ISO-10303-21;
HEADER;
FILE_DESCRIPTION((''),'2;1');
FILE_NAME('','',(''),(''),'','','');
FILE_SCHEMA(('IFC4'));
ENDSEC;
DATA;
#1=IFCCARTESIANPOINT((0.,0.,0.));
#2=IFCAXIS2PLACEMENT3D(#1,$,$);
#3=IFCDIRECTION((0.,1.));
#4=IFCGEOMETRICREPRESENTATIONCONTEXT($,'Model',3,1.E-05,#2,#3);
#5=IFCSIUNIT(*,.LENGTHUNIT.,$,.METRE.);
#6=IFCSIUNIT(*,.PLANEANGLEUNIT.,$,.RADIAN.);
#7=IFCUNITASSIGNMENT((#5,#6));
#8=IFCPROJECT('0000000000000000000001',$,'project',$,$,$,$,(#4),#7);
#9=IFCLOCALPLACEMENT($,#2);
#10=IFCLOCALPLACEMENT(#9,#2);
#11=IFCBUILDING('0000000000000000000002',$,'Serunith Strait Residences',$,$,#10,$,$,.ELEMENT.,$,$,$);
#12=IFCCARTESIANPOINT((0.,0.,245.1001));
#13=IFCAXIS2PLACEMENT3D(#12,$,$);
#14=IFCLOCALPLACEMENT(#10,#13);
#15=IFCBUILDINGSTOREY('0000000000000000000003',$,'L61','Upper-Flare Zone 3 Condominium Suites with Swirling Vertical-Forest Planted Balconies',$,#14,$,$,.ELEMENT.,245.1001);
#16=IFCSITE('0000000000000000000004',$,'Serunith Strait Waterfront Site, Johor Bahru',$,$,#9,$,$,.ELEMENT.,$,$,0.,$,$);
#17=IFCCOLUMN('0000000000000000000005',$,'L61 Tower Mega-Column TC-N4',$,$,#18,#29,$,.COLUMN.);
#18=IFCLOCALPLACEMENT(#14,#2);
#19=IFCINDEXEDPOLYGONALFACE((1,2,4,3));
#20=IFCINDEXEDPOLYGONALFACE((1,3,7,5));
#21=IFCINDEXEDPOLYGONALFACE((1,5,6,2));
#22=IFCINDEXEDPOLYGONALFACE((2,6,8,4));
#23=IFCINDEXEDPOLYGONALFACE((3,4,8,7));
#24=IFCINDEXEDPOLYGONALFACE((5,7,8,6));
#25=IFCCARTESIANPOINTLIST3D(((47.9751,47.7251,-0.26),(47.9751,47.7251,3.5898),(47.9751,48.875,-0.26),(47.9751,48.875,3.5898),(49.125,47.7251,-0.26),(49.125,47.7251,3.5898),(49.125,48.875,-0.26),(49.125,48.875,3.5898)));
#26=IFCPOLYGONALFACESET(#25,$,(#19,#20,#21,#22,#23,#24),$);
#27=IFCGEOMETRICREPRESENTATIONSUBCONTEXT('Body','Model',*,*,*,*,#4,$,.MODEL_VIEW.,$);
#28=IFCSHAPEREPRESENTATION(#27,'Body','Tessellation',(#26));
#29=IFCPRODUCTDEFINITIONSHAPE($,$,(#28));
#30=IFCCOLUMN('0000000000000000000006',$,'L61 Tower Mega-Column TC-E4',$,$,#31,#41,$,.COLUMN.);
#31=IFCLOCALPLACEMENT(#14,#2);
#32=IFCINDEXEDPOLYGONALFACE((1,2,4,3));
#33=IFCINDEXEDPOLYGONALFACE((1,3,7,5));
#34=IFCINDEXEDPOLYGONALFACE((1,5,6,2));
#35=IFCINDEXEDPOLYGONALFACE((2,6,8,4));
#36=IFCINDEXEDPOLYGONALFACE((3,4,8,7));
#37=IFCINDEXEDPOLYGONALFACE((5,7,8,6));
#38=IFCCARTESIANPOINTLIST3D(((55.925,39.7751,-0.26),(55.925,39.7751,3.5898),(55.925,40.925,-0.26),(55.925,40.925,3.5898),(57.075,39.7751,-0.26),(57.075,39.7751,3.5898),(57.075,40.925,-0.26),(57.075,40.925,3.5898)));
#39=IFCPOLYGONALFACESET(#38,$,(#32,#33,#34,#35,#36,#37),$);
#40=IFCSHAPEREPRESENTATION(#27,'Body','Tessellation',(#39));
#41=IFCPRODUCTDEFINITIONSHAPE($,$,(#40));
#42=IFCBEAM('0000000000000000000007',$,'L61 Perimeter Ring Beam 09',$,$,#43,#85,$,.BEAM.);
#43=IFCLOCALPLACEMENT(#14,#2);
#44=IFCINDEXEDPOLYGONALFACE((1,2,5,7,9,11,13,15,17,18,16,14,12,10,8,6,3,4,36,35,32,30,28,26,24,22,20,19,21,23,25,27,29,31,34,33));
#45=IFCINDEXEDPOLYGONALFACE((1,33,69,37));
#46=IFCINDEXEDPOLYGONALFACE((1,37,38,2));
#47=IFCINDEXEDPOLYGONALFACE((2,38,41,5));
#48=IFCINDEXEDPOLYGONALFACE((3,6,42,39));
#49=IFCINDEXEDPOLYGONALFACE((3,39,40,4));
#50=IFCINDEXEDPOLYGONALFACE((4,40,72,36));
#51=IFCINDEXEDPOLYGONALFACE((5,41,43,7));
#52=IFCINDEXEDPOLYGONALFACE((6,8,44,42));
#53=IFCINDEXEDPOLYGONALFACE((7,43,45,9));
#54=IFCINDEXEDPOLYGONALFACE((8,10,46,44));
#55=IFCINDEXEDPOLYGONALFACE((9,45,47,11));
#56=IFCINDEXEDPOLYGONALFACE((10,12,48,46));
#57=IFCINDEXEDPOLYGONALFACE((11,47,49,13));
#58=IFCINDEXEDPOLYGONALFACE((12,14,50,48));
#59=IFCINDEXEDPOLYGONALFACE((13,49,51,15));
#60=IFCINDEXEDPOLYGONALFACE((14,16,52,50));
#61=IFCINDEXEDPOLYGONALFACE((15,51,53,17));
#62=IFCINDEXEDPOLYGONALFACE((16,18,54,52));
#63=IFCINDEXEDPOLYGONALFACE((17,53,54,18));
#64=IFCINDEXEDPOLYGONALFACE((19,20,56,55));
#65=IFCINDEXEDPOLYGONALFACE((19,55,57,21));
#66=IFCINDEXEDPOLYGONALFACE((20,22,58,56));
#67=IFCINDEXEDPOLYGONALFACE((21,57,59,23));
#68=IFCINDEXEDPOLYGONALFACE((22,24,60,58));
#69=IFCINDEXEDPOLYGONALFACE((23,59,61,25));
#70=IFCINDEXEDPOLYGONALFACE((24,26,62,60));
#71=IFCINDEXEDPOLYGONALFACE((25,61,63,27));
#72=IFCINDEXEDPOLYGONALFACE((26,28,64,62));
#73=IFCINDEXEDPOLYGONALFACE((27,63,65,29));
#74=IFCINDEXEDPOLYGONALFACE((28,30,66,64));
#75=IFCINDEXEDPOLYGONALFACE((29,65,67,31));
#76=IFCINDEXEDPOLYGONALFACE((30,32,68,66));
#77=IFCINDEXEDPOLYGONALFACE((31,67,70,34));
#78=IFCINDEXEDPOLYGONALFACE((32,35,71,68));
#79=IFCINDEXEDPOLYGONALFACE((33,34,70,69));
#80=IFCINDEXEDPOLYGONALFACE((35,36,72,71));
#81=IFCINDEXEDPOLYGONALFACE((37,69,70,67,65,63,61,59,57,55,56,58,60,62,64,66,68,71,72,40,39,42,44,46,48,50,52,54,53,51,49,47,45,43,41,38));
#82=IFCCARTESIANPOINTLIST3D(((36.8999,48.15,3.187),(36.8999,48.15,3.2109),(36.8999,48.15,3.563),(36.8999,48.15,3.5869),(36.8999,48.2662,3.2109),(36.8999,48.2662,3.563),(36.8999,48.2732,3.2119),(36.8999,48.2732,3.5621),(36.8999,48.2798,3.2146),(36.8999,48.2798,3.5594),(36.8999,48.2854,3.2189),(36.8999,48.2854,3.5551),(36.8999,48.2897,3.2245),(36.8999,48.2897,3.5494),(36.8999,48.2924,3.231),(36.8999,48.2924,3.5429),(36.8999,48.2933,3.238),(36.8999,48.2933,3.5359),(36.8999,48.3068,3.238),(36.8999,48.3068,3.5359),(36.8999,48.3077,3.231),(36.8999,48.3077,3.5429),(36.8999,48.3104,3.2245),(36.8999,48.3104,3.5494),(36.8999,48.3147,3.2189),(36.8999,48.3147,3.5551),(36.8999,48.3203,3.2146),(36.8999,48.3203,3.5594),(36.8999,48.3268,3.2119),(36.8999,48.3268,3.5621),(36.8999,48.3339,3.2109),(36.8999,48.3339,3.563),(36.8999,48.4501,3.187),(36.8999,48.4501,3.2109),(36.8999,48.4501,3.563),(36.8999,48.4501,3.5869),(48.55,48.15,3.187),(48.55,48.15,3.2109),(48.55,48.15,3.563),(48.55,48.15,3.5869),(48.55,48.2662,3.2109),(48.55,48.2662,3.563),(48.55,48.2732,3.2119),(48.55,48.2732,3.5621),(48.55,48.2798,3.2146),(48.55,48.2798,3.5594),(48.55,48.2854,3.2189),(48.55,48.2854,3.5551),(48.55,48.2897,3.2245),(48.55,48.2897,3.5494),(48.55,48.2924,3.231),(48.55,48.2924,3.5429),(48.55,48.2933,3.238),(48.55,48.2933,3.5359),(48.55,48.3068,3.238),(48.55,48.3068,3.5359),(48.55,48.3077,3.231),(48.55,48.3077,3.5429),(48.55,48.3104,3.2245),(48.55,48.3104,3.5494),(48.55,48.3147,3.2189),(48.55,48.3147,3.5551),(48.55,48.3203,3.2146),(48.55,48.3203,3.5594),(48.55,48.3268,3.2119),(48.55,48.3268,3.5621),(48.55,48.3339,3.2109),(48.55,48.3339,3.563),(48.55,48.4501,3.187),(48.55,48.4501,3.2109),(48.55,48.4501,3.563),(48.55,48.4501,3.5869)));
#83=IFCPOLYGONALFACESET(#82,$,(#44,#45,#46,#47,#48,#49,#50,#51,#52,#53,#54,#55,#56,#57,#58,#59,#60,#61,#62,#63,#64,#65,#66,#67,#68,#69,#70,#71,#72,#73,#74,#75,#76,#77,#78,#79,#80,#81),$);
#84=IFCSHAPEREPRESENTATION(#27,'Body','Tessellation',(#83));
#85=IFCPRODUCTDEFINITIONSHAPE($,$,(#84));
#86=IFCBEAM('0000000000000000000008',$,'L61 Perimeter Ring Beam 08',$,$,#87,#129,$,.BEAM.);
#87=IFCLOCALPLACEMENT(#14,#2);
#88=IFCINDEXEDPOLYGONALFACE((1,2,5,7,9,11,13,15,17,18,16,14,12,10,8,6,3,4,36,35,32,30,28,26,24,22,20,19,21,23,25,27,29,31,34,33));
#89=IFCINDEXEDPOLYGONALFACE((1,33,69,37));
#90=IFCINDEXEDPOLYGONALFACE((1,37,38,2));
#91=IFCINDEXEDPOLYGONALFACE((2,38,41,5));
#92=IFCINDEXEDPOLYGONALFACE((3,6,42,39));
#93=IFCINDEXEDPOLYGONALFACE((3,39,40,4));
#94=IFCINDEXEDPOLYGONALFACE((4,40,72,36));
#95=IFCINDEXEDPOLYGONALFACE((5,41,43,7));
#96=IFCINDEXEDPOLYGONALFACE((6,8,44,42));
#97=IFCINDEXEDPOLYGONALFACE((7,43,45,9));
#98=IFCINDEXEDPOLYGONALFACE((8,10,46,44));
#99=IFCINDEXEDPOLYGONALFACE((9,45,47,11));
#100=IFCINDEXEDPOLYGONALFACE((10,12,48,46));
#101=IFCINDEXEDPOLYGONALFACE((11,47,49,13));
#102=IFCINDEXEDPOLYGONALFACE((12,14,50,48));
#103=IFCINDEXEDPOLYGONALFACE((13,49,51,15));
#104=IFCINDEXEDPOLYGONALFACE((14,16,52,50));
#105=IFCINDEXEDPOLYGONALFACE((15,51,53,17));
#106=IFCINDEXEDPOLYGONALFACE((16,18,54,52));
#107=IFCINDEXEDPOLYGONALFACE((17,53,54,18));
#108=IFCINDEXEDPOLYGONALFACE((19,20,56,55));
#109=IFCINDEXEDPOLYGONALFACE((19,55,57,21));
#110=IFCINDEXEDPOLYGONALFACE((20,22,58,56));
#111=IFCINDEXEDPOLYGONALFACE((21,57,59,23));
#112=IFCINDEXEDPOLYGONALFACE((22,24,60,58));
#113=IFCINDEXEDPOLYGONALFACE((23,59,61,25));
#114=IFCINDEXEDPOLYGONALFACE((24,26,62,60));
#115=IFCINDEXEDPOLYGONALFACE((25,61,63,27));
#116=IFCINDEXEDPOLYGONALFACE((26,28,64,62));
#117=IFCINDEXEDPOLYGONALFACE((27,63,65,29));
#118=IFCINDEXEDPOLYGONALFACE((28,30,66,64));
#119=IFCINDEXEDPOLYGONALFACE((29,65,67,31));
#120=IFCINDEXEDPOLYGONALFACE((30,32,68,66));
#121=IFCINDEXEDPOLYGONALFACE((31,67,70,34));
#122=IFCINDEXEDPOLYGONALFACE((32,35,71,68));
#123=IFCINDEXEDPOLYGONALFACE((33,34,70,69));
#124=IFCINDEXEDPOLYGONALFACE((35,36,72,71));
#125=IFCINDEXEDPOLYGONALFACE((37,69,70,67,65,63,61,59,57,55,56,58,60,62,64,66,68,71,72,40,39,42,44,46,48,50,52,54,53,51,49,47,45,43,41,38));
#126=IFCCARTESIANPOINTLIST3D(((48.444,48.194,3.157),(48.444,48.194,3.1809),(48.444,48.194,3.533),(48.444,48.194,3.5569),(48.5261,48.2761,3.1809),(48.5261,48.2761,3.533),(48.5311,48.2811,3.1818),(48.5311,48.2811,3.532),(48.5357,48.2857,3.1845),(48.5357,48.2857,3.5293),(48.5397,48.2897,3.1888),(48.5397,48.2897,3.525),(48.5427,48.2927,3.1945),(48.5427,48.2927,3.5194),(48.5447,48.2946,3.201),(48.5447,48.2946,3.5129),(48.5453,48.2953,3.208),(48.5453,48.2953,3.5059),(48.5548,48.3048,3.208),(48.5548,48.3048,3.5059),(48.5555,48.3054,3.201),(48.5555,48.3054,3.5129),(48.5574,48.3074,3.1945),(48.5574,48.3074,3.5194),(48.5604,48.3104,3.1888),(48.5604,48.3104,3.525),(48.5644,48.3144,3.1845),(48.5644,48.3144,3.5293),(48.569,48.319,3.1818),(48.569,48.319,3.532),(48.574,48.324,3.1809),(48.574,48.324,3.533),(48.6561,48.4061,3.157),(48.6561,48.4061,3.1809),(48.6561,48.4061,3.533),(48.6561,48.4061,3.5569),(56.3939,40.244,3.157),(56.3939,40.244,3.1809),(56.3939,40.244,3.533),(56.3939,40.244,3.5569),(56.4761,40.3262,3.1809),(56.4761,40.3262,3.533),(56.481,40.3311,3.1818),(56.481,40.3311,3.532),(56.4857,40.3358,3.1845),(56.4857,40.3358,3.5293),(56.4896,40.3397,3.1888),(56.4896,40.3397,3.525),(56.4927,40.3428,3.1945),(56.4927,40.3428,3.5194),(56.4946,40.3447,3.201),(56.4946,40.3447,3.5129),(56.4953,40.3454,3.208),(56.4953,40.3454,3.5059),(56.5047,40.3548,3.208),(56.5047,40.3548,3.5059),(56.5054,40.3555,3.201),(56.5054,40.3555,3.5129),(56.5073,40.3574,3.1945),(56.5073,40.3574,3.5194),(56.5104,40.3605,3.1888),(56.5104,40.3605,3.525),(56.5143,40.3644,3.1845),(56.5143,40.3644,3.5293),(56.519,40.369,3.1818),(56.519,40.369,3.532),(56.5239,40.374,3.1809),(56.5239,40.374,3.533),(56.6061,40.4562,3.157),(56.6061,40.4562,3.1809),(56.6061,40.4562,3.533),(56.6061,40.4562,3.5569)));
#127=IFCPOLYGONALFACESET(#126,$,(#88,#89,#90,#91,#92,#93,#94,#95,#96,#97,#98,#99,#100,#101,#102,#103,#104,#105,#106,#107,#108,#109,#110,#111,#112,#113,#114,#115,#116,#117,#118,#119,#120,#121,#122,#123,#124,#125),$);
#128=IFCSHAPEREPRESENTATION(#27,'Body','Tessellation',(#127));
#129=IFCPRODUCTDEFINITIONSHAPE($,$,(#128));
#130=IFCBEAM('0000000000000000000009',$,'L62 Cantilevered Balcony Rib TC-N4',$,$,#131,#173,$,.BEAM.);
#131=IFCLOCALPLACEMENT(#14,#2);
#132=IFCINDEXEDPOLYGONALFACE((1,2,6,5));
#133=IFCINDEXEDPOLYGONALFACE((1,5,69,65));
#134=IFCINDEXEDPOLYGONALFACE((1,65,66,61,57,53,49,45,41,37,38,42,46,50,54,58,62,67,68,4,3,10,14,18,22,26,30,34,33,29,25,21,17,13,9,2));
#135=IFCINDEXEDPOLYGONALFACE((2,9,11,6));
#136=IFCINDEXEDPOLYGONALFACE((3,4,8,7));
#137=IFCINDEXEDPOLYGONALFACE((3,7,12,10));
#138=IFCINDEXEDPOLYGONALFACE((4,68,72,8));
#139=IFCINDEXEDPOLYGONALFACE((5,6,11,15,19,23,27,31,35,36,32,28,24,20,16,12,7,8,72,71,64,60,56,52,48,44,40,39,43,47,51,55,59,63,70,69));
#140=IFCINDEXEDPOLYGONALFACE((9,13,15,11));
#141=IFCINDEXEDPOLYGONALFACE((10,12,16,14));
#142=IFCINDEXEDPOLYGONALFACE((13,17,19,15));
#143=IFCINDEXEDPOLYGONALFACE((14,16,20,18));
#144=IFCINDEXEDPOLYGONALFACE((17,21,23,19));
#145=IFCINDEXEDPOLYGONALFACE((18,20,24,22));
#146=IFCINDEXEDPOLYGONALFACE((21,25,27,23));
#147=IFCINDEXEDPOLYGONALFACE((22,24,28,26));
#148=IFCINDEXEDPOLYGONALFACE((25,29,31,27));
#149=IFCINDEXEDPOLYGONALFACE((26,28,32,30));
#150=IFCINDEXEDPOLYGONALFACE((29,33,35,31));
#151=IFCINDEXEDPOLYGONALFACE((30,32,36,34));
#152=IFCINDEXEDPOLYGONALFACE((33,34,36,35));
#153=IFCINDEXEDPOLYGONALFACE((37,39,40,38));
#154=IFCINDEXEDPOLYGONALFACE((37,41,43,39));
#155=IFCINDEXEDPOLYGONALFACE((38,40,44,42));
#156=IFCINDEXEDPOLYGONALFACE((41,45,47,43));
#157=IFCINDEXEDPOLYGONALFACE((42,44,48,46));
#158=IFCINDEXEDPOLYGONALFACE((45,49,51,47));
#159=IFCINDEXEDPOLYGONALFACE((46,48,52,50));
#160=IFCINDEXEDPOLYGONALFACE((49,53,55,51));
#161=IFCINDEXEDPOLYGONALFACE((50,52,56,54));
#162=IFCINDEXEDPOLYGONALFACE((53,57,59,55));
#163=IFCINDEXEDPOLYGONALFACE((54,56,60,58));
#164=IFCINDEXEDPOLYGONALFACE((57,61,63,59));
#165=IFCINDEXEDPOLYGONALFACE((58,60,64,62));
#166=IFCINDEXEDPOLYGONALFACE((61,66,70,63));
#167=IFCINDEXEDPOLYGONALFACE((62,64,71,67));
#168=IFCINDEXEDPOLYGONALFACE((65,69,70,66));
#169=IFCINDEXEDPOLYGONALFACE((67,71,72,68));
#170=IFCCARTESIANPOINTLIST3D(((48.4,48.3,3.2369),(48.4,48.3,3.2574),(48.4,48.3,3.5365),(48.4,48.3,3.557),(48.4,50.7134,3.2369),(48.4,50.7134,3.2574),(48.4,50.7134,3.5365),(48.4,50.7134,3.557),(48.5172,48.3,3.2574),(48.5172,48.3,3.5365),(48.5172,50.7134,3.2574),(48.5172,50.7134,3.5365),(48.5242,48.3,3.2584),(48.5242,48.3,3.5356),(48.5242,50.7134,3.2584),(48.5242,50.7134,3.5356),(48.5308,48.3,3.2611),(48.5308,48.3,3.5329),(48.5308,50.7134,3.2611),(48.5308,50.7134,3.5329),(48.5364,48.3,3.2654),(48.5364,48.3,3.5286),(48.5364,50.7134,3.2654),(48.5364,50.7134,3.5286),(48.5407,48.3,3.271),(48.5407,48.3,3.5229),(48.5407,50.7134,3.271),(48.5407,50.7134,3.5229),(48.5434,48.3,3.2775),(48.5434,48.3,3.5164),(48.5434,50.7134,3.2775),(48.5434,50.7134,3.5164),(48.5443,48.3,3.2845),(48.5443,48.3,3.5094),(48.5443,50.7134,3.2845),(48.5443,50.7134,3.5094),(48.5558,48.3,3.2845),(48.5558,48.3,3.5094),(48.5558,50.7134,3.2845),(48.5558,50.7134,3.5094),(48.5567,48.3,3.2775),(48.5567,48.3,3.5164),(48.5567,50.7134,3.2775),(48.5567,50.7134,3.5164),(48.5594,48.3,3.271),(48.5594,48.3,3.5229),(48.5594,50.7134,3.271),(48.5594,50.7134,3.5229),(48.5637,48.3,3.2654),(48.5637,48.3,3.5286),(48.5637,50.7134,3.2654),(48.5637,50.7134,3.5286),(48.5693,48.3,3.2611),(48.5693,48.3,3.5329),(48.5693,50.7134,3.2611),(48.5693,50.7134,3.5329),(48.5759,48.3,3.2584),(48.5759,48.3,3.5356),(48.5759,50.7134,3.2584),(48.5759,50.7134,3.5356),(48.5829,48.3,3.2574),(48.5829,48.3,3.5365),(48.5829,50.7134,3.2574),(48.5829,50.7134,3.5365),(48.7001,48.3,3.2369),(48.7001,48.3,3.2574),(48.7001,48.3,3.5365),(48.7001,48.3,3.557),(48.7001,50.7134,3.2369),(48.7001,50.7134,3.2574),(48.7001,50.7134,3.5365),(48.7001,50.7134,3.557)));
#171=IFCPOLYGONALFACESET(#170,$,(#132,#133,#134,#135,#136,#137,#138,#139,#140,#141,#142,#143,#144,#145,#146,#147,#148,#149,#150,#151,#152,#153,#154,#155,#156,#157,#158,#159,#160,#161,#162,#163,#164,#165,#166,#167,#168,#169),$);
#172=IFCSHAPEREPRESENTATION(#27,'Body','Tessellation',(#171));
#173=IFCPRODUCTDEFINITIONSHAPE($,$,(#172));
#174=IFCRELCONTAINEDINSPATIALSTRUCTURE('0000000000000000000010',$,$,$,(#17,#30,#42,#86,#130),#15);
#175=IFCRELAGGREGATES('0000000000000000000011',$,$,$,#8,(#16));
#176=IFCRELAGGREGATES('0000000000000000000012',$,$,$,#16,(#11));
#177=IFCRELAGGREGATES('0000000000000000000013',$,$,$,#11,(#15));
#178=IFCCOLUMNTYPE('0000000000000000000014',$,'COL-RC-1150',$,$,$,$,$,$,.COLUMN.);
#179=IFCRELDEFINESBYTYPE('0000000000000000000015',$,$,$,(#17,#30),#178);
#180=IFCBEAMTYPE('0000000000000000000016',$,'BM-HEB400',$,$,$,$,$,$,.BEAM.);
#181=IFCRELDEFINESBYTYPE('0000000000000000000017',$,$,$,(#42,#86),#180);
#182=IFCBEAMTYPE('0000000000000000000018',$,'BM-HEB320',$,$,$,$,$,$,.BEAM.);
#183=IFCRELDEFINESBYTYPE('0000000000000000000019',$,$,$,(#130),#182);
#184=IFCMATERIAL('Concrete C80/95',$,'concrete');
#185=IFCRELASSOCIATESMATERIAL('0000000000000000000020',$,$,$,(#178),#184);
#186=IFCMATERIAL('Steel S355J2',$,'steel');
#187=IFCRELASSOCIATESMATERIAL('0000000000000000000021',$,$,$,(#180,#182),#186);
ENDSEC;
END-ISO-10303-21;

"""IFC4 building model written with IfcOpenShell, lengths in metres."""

from ifc_helpers import new_model, si_unit, direction, frame, origin, origin_2d, place, context, subcontext, project, spatial, rectangle, i_section, extrude, source, transform, mapped, material, material_profile, profile_set, type_object, element, save


model = new_model("IFC4")

# Units and contexts
model_context = context("Model", 3, precision=1e-05, world=origin(), true_north=direction((0.0, 1.0)))
body_context = subcontext(model_context, "Body", "Model", "MODEL_VIEW")
ifc_project = project(units=[si_unit("LENGTHUNIT", "METRE"), si_unit("PLANEANGLEUNIT", "RADIAN")], contexts=[model_context])

# Site, building, storey
site_placement = place(None, origin())
site = spatial("IfcSite", under=ifc_project, at=site_placement, Name="Serunith Strait Waterfront Site, Johor Bahru", CompositionType="ELEMENT", RefElevation=0.0)
building_placement = place(site_placement, origin())
building = spatial("IfcBuilding", under=site, at=building_placement, Name="Serunith Strait Residences", CompositionType="ELEMENT")
storey_placement = place(building_placement, frame((0.0, 0.0, 245.1001)))
storey = spatial("IfcBuildingStorey", under=building, at=storey_placement, Name="L61", Description="Upper-Flare Zone 3 Condominium Suites with Swirling Vertical-Forest Planted Balconies", CompositionType="ELEMENT", Elevation=245.1001)

# Columns
ifc_material_1 = material(Name="Concrete C80/95", Category="concrete")
ifc_material_profile_1 = material_profile(ifc_material_1, rectangle(XDim=1.1499, YDim=1.1499, at=origin_2d()), Name="RC 1150x1150")
ifc_profile_set_1 = profile_set([ifc_material_profile_1], Name="Concrete C80/95")
column_type = type_object("IfcColumnType", Name="COL-RC-1150", PredefinedType="COLUMN", material=ifc_profile_set_1)
shared_shape_1 = source(origin(), body_context, "Body", "SweptSolid", [
    extrude(rectangle(XDim=1.1499, YDim=1.1499, at=origin_2d()), origin(), (0.0, 0.0, 1.0), 3.8499),
])
for number, where, z_axis, x_axis, name in (
    (1, (48.55, 48.3, -0.26), (0.0, 0.0, 1.0), (1.0, 0.0, 0.0), "L61 Tower Mega-Column TC-N4"),
    (2, (56.5, 40.3501, -0.26), (0.0, 0.0, 1.0), (1.0, 0.0, 0.0), "L61 Tower Mega-Column TC-E4"),
):
    element("IfcColumn", number, at=place(storey_placement, frame(where, z_axis=z_axis, x_axis=x_axis)), inside=storey, type_object=column_type, Name=name, PredefinedType="COLUMN", context=body_context, shape_type="MappedRepresentation", body=[
        mapped(shared_shape_1, transform((0.0, 0.0, 0.0), scale=1.0)),
    ])

# Beams
ifc_material_2 = material(Name="Steel S355J2", Category="steel")
ifc_material_profile_2 = material_profile(ifc_material_2, i_section(OverallWidth=0.3, OverallDepth=0.3999, WebThickness=0.0134, FlangeThickness=0.0239, FilletRadius=0.0271, at=origin_2d()), Name="HEB 400")
ifc_profile_set_2 = profile_set([ifc_material_profile_2], Name="Steel S355J2")
beam_type_1 = type_object("IfcBeamType", Name="BM-HEB400", PredefinedType="BEAM", material=ifc_profile_set_2)
shared_shape_2 = source(origin(), body_context, "Body", "SweptSolid", [
    extrude(i_section(OverallWidth=0.3, OverallDepth=0.3999, WebThickness=0.0134, FlangeThickness=0.0239, FilletRadius=0.0271, at=origin_2d()), origin(), (0.0, 0.0, 1.0), 11.6501),
])
beam_1_placement = place(storey_placement, frame((48.55, 48.3, 3.387), z_axis=(-1.0, 0.0, 0.0), x_axis=(0.0, -1.0, 0.0)))
element("IfcBeam", 3, at=beam_1_placement, inside=storey, type_object=beam_type_1, Name="L61 Perimeter Ring Beam 09", PredefinedType="BEAM", context=body_context, shape_type="MappedRepresentation", body=[
    mapped(shared_shape_2, transform((0.0, 0.0, 0.0), scale=1.0)),
])
shared_shape_3 = source(origin(), body_context, "Body", "SweptSolid", [
    extrude(i_section(OverallWidth=0.3, OverallDepth=0.3999, WebThickness=0.0134, FlangeThickness=0.0239, FilletRadius=0.0271, at=origin_2d()), origin(), (0.0, 0.0, 1.0), 11.2429),
])
beam_2_placement = place(storey_placement, frame((56.5, 40.3501, 3.3569), z_axis=(-0.707107, 0.707107, 0.0), x_axis=(-0.707107, -0.707107, 0.0)))
element("IfcBeam", 4, at=beam_2_placement, inside=storey, type_object=beam_type_1, Name="L61 Perimeter Ring Beam 08", PredefinedType="BEAM", context=body_context, shape_type="MappedRepresentation", body=[
    mapped(shared_shape_3, transform((0.0, 0.0, 0.0), scale=1.0)),
])
ifc_material_profile_3 = material_profile(ifc_material_2, i_section(OverallWidth=0.3, OverallDepth=0.3201, WebThickness=0.0115, FlangeThickness=0.0205, FilletRadius=0.0271, at=origin_2d()), Name="HEB 320")
ifc_profile_set_3 = profile_set([ifc_material_profile_3], Name="Steel S355J2")
beam_type_2 = type_object("IfcBeamType", Name="BM-HEB320", PredefinedType="BEAM", material=ifc_profile_set_3)
shared_shape_4 = source(origin(), body_context, "Body", "SweptSolid", [
    extrude(i_section(OverallWidth=0.3, OverallDepth=0.3201, WebThickness=0.0115, FlangeThickness=0.0205, FilletRadius=0.0271, at=origin_2d()), origin(), (0.0, 0.0, 1.0), 2.4133),
])
beam_3_placement = place(storey_placement, frame((48.55, 48.3, 3.397), z_axis=(0.0, 1.0, 0.0), x_axis=(-1.0, 0.0, 0.0)))
element("IfcBeam", 5, at=beam_3_placement, inside=storey, type_object=beam_type_2, Name="L62 Cantilevered Balcony Rib TC-N4", PredefinedType="BEAM", context=body_context, shape_type="MappedRepresentation", body=[
    mapped(shared_shape_4, transform((0.0, 0.0, 0.0), scale=1.0)),
])

save(model, "model.ifc")
